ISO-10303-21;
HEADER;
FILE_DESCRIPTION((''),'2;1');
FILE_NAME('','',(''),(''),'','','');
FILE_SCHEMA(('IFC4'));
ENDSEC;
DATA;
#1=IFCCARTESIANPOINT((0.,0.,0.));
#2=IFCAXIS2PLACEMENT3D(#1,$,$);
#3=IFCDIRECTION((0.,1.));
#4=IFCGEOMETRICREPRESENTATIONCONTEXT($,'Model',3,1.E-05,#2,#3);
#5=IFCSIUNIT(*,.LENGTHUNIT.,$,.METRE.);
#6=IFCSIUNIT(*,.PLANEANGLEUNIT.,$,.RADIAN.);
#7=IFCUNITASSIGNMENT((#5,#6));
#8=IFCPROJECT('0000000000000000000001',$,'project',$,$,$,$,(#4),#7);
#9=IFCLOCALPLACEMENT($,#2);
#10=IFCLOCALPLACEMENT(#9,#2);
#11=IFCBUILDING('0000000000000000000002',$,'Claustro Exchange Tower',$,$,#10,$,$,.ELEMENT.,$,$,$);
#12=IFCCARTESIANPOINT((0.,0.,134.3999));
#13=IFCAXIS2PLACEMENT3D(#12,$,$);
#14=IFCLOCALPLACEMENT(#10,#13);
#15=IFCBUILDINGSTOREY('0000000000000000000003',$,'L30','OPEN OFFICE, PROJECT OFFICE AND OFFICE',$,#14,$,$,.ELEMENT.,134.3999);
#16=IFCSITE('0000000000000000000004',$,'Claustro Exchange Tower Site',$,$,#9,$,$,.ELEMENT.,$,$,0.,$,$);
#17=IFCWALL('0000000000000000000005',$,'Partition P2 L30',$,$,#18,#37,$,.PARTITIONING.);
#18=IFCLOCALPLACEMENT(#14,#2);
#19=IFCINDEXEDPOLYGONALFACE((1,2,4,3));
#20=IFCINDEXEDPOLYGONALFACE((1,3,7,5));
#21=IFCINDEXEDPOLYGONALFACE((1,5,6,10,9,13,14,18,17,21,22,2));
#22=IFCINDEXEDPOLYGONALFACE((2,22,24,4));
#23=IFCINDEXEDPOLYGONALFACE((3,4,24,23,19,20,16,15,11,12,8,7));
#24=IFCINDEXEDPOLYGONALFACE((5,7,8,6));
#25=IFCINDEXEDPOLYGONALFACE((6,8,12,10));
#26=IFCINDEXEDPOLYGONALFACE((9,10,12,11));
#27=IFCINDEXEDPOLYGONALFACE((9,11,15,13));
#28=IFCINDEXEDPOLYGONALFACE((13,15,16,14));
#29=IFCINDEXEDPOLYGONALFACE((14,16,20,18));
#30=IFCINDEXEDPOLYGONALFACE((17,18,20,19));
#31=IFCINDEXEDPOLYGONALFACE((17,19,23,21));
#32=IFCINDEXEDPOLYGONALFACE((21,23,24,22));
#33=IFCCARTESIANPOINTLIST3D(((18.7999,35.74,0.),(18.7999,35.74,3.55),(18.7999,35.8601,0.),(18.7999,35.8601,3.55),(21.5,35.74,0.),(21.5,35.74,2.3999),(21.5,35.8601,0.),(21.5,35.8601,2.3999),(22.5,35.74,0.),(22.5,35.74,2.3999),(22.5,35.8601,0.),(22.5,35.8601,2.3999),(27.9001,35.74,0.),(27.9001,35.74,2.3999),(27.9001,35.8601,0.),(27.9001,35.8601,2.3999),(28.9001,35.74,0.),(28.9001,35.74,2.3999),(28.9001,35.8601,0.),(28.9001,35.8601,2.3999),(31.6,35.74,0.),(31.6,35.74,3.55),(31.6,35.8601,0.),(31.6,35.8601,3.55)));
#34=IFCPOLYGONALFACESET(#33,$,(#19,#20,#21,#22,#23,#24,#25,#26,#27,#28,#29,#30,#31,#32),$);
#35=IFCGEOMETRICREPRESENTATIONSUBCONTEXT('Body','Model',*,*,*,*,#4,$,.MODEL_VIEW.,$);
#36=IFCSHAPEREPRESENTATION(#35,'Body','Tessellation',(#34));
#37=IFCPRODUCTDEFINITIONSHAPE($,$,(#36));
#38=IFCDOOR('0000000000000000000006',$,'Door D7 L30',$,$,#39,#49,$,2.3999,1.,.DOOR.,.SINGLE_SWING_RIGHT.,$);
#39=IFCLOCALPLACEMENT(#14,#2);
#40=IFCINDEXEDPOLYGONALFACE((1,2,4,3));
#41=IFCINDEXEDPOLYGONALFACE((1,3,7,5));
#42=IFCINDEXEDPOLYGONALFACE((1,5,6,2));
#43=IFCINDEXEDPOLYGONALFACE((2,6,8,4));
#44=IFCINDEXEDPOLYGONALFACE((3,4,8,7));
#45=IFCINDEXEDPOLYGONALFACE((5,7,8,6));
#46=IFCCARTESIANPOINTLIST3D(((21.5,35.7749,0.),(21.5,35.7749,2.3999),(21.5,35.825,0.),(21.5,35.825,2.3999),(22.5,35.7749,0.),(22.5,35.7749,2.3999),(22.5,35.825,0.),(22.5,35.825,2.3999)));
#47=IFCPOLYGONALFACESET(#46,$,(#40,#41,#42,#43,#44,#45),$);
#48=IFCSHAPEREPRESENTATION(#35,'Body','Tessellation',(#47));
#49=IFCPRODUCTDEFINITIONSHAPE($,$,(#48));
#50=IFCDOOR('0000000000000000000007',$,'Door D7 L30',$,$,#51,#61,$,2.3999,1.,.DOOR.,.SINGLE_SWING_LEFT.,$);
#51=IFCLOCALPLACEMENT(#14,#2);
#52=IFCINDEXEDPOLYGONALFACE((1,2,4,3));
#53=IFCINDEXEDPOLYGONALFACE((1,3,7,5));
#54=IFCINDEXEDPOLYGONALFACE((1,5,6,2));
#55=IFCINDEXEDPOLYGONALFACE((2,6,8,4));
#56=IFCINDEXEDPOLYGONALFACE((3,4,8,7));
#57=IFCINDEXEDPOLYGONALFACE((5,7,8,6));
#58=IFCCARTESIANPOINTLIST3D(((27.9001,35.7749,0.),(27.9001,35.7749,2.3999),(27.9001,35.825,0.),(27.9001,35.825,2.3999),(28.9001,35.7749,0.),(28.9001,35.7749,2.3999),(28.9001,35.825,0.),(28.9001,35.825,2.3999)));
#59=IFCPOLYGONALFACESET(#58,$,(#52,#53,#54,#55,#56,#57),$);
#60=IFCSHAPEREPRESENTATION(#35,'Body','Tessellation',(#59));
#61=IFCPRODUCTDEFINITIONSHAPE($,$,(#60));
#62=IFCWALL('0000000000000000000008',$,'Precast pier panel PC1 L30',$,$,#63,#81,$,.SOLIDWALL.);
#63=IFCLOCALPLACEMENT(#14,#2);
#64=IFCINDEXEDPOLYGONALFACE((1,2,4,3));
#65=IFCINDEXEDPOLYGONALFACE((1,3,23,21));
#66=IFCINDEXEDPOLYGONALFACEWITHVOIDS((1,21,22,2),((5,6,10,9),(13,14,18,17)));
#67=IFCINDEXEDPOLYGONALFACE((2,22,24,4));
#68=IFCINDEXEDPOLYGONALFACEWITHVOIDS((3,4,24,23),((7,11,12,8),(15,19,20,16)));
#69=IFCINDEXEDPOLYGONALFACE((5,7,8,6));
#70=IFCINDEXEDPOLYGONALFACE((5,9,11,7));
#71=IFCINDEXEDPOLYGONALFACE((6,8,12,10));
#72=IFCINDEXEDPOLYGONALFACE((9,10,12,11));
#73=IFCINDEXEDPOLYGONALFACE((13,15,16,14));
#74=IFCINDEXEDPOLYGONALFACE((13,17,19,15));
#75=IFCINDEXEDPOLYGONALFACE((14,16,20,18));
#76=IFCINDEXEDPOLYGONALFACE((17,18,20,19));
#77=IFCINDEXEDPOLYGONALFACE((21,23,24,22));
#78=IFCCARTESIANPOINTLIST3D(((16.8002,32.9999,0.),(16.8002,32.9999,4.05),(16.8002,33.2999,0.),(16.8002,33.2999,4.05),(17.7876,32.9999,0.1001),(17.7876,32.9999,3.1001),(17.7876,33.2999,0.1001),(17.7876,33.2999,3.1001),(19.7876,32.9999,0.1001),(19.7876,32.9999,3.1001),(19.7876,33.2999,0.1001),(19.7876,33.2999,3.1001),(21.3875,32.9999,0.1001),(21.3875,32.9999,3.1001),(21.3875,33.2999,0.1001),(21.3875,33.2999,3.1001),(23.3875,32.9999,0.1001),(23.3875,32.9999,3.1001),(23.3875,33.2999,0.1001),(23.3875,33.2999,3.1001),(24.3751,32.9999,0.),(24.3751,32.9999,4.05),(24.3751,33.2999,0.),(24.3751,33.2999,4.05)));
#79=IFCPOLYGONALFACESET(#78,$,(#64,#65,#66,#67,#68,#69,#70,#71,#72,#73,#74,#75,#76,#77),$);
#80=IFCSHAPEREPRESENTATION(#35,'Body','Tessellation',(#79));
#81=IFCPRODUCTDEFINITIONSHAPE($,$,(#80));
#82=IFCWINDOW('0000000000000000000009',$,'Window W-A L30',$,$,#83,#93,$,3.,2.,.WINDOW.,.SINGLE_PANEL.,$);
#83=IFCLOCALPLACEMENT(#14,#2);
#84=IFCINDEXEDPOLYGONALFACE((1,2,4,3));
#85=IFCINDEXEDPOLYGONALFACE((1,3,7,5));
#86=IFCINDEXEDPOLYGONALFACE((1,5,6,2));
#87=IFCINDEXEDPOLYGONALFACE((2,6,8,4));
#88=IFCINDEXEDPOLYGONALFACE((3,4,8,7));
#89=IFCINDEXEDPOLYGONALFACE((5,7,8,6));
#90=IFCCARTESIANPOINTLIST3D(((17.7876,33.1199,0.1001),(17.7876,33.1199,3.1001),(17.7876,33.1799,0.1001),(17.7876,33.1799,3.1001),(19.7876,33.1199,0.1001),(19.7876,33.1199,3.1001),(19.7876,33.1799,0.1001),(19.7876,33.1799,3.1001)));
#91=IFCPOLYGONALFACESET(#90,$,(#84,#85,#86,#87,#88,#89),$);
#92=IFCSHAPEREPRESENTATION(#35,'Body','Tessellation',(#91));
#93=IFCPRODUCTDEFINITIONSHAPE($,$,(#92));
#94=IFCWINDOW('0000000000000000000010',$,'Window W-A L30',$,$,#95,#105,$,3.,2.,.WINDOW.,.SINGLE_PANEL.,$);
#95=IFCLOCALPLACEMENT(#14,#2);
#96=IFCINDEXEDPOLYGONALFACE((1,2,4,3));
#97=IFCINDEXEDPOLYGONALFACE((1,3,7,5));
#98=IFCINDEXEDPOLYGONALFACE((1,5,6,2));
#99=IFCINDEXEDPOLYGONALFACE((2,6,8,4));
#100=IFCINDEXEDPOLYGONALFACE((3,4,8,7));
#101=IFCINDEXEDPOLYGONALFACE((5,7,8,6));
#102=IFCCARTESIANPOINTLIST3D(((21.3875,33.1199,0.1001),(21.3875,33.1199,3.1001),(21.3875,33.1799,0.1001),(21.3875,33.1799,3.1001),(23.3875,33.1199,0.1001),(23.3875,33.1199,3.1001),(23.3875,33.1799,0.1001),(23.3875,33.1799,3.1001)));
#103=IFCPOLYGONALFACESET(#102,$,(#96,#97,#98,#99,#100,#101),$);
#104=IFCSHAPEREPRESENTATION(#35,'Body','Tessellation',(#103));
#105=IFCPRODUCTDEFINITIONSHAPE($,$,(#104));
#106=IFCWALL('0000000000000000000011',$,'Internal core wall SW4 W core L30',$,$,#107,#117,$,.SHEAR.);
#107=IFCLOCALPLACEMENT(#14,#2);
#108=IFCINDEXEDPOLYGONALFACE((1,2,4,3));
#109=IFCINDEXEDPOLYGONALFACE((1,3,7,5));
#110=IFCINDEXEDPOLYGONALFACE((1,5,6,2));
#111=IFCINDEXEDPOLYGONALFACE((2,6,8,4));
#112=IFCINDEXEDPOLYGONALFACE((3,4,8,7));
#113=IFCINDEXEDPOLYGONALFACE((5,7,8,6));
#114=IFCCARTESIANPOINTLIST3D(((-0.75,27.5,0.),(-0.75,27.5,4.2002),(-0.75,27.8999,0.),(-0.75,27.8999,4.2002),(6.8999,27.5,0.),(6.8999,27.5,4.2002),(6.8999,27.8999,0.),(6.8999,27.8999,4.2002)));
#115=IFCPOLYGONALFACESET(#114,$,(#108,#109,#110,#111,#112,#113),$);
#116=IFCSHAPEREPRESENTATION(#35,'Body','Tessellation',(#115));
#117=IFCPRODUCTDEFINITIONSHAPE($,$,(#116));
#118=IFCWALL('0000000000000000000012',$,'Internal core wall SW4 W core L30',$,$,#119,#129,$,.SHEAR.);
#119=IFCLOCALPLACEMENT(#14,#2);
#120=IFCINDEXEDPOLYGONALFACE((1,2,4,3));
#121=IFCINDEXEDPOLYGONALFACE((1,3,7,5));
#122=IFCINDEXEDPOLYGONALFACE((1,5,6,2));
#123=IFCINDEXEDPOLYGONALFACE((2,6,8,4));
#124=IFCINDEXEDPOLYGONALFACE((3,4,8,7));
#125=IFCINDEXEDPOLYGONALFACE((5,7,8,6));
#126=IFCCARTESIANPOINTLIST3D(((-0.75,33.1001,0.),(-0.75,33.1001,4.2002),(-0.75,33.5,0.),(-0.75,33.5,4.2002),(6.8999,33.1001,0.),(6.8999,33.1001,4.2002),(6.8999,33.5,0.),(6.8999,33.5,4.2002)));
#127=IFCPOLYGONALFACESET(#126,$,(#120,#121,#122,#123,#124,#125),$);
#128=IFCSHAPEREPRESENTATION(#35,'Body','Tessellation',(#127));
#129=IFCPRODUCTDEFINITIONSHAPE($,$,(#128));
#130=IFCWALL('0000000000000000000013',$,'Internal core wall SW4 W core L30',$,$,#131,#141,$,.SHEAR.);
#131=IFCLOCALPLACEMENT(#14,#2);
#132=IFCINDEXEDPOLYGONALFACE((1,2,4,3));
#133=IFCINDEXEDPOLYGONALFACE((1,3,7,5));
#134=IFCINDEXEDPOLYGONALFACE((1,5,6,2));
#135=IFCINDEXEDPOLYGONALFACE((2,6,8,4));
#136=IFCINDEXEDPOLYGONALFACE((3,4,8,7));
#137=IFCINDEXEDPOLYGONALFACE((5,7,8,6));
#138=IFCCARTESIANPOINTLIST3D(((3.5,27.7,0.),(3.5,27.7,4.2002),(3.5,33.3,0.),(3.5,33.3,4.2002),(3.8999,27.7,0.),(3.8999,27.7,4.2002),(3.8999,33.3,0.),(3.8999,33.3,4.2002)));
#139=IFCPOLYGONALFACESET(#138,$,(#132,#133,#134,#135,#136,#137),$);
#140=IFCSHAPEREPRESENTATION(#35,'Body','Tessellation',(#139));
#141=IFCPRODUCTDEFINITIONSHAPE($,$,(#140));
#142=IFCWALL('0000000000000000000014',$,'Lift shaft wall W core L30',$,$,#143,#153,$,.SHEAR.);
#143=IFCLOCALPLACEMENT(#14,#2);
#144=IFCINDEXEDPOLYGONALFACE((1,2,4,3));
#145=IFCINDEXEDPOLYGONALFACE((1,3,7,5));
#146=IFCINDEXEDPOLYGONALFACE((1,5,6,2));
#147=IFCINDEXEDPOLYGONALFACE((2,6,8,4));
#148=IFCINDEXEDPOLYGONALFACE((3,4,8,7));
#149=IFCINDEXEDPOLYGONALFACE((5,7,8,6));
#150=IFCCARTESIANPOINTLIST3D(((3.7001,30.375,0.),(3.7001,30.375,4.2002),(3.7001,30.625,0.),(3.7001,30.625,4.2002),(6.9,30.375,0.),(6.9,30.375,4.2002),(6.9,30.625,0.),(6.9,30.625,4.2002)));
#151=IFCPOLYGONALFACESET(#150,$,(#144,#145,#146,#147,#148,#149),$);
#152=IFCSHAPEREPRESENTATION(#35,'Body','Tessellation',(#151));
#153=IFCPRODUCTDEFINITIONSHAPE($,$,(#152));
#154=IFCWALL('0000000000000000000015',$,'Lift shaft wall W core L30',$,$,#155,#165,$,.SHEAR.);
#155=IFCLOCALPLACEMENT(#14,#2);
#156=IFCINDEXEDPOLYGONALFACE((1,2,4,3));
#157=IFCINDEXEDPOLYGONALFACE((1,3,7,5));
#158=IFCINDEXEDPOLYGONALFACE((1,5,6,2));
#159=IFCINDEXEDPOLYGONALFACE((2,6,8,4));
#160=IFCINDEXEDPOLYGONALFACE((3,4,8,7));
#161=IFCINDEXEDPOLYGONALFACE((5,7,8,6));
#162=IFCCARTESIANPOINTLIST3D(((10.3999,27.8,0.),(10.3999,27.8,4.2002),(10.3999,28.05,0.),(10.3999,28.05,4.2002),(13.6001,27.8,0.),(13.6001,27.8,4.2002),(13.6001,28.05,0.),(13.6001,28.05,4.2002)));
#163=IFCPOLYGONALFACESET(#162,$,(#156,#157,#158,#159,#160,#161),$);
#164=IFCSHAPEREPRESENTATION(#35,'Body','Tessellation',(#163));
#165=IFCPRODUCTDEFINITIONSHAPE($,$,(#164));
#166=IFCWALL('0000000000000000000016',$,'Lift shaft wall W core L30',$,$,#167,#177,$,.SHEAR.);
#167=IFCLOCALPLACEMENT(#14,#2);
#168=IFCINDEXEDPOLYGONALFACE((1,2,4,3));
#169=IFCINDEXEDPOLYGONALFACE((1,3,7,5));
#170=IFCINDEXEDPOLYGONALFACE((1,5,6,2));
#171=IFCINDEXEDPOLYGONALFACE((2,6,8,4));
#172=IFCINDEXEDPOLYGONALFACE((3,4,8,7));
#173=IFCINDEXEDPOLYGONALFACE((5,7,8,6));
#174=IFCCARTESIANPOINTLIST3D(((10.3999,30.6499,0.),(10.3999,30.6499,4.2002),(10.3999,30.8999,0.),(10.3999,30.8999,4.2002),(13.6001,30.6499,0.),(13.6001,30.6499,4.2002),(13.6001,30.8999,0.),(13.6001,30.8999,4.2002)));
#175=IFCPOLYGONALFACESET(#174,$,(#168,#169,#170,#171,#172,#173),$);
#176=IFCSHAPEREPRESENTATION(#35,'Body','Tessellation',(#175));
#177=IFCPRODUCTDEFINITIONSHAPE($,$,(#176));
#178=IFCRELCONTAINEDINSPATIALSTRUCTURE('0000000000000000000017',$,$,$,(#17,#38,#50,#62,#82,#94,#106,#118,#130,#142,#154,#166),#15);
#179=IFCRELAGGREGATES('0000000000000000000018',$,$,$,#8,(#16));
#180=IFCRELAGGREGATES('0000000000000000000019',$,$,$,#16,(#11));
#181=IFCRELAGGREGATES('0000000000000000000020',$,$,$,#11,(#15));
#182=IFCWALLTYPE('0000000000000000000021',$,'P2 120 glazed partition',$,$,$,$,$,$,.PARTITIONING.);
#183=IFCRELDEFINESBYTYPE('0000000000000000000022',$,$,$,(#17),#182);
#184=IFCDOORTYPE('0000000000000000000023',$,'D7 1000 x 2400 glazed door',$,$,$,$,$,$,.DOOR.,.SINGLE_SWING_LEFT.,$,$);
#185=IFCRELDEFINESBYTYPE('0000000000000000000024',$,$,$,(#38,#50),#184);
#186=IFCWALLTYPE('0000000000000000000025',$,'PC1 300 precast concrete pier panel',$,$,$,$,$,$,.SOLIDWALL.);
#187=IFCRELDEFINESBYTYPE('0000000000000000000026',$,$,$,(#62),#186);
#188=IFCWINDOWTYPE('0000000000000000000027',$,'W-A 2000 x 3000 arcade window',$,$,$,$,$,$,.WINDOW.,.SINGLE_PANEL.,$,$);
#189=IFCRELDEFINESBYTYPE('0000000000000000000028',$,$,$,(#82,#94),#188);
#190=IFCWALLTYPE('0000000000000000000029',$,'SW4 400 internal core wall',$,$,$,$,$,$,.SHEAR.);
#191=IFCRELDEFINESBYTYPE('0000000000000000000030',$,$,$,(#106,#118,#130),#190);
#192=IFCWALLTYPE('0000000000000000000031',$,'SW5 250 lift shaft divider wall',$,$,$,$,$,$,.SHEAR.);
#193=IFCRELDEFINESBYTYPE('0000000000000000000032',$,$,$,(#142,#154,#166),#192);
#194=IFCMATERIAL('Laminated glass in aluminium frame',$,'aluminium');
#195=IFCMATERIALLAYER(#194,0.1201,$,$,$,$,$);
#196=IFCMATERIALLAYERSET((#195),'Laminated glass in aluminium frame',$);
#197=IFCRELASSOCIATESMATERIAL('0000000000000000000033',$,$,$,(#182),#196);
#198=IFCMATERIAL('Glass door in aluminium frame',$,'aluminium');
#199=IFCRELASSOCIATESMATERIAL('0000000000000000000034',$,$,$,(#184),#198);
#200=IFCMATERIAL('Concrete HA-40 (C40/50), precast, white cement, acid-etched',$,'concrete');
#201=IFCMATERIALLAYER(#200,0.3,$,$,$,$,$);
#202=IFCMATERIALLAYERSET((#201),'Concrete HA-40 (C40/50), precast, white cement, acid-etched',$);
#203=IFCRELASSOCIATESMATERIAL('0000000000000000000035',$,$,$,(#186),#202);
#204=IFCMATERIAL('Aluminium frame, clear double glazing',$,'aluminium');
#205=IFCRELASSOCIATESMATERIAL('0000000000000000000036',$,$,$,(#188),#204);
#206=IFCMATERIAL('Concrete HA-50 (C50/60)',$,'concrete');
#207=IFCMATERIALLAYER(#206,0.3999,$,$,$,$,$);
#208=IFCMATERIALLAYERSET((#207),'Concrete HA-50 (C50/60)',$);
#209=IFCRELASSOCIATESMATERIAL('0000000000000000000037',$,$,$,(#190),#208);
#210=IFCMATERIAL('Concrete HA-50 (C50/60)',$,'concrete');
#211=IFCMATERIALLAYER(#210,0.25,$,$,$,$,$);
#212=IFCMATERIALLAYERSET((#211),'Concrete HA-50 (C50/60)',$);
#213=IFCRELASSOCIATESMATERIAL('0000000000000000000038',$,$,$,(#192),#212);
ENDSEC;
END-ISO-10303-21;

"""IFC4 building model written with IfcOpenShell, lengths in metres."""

from ifc_helpers import new_model, si_unit, direction, frame, frame_2d, origin, place, context, subcontext, project, spatial, rectangle, extrude, material, layer, layer_set, type_object, element, fill, save


model = new_model("IFC4")

# Units and contexts
model_context = context("Model", 3, precision=1e-05, world=origin(), true_north=direction((0.0, 1.0)))
body_context = subcontext(model_context, "Body", "Model", "MODEL_VIEW")
ifc_project = project(units=[si_unit("LENGTHUNIT", "METRE"), si_unit("PLANEANGLEUNIT", "RADIAN")], contexts=[model_context])

# Site, building, storey
site_placement = place(None, origin())
site = spatial("IfcSite", under=ifc_project, at=site_placement, Name="Claustro Exchange Tower Site", CompositionType="ELEMENT", RefElevation=0.0)
building_placement = place(site_placement, origin())
building = spatial("IfcBuilding", under=site, at=building_placement, Name="Claustro Exchange Tower", CompositionType="ELEMENT")
storey_placement = place(building_placement, frame((0.0, 0.0, 134.3999)))
storey = spatial("IfcBuildingStorey", under=building, at=storey_placement, Name="L30", Description="OPEN OFFICE, PROJECT OFFICE AND OFFICE", CompositionType="ELEMENT", Elevation=134.3999)

# Shared definitions
ifc_material_1 = material(Name="Laminated glass in aluminium frame", Category="aluminium")
ifc_layer_1 = layer(ifc_material_1, 0.1201)
ifc_layer_set_1 = layer_set([ifc_layer_1], Name="Laminated glass in aluminium frame")
wall_type_1 = type_object("IfcWallType", Name="P2 120 glazed partition", PredefinedType="PARTITIONING", material=ifc_layer_set_1)

# Wall, openings, doors
wall_1_placement = place(storey_placement, frame((18.8, 35.8, 0.0), z_axis=(0.0, 0.0, 1.0), x_axis=(1.0, 0.0, 0.0)))
wall_1 = element("IfcWall", 1, at=wall_1_placement, inside=storey, type_object=wall_type_1, Name="Partition P2 L30", PredefinedType="PARTITIONING", context=body_context, shape_type="SweptSolid", body=[
    extrude(rectangle(XDim=12.8, YDim=0.1201, at=frame_2d((6.3999, 0.0))), origin(), (0.0, 0.0, 1.0), 3.55),
])
opening_1_placement = place(wall_1_placement, frame((2.7, 0.0, 0.0)))
opening_1 = element("IfcOpeningElement", 2, at=opening_1_placement, cuts=wall_1, PredefinedType="OPENING", context=body_context, shape_type="SweptSolid", body=[
    extrude(rectangle(XDim=1.0, YDim=2.3999, at=frame_2d((0.5, 1.2))), frame((0.0, 0.0701, 0.0), z_axis=(0.0, -1.0, 0.0), x_axis=(1.0, 0.0, 0.0)), (0.0, 0.0, 1.0), 0.1401),
])
opening_2_placement = place(wall_1_placement, frame((9.1001, 0.0, 0.0)))
opening_2 = element("IfcOpeningElement", 3, at=opening_2_placement, cuts=wall_1, PredefinedType="OPENING", context=body_context, shape_type="SweptSolid", body=[
    extrude(rectangle(XDim=1.0, YDim=2.3999, at=frame_2d((0.5, 1.2))), frame((0.0, 0.0701, 0.0), z_axis=(0.0, -1.0, 0.0), x_axis=(1.0, 0.0, 0.0)), (0.0, 0.0, 1.0), 0.1401),
])
ifc_material_2 = material(Name="Glass door in aluminium frame", Category="aluminium")
door_type_1 = type_object("IfcDoorType", Name="D7 1000 x 2400 glazed door", OperationType="SINGLE_SWING_LEFT", PredefinedType="DOOR", material=ifc_material_2)
door_1_placement = place(opening_1_placement, origin())
door_1 = element("IfcDoor", 4, at=door_1_placement, inside=storey, type_object=door_type_1, Name="Door D7 L30", OperationType="SINGLE_SWING_RIGHT", OverallHeight=2.3999, OverallWidth=1.0, PredefinedType="DOOR", context=body_context, shape_type="SweptSolid", body=[
    extrude(rectangle(XDim=1.0, YDim=2.3999, at=frame_2d((0.5, 1.2))), frame((0.0, 0.0249, 0.0), z_axis=(0.0, -1.0, 0.0), x_axis=(1.0, 0.0, 0.0)), (0.0, 0.0, 1.0), 0.05),
])
fill(opening_1, door_1)
door_2_placement = place(opening_2_placement, origin())
door_2 = element("IfcDoor", 5, at=door_2_placement, inside=storey, type_object=door_type_1, Name="Door D7 L30", OperationType="SINGLE_SWING_LEFT", OverallHeight=2.3999, OverallWidth=1.0, PredefinedType="DOOR", context=body_context, shape_type="SweptSolid", body=[
    extrude(rectangle(XDim=1.0, YDim=2.3999, at=frame_2d((0.5, 1.2))), frame((0.0, 0.0249, 0.0), z_axis=(0.0, -1.0, 0.0), x_axis=(1.0, 0.0, 0.0)), (0.0, 0.0, 1.0), 0.05),
])
fill(opening_2, door_2)

# Wall, openings, windows
ifc_material_3 = material(Name="Concrete HA-40 (C40/50), precast, white cement, acid-etched", Category="concrete")
ifc_layer_2 = layer(ifc_material_3, 0.3)
ifc_layer_set_2 = layer_set([ifc_layer_2], Name="Concrete HA-40 (C40/50), precast, white cement, acid-etched")
wall_type_2 = type_object("IfcWallType", Name="PC1 300 precast concrete pier panel", PredefinedType="SOLIDWALL", material=ifc_layer_set_2)
wall_2_placement = place(storey_placement, frame((16.8, 33.1499, 0.0), z_axis=(0.0, 0.0, 1.0), x_axis=(1.0, 0.0, 0.0)))
wall_2 = element("IfcWall", 6, at=wall_2_placement, inside=storey, type_object=wall_type_2, Name="Precast pier panel PC1 L30", PredefinedType="SOLIDWALL", context=body_context, shape_type="SweptSolid", body=[
    extrude(rectangle(XDim=7.575, YDim=0.3, at=frame_2d((3.7876, 0.0))), origin(), (0.0, 0.0, 1.0), 4.05),
])
opening_3_placement = place(wall_2_placement, frame((0.9875, 0.0, 0.1001)))
opening_3 = element("IfcOpeningElement", 7, at=opening_3_placement, cuts=wall_2, PredefinedType="OPENING", context=body_context, shape_type="SweptSolid", body=[
    extrude(rectangle(XDim=2.0, YDim=3.0, at=frame_2d((1.0, 1.5))), frame((0.0, 0.1599, 0.0), z_axis=(0.0, -1.0, 0.0), x_axis=(1.0, 0.0, 0.0)), (0.0, 0.0, 1.0), 0.3201),
])
opening_4_placement = place(wall_2_placement, frame((4.5874, 0.0, 0.1001)))
opening_4 = element("IfcOpeningElement", 8, at=opening_4_placement, cuts=wall_2, PredefinedType="OPENING", context=body_context, shape_type="SweptSolid", body=[
    extrude(rectangle(XDim=2.0, YDim=3.0, at=frame_2d((1.0, 1.5))), frame((0.0, 0.1599, 0.0), z_axis=(0.0, -1.0, 0.0), x_axis=(1.0, 0.0, 0.0)), (0.0, 0.0, 1.0), 0.3201),
])
ifc_material_4 = material(Name="Aluminium frame, clear double glazing", Category="aluminium")
window_type = type_object("IfcWindowType", Name="W-A 2000 x 3000 arcade window", PartitioningType="SINGLE_PANEL", PredefinedType="WINDOW", material=ifc_material_4)
window_1_placement = place(opening_3_placement, origin())
window_1 = element("IfcWindow", 9, at=window_1_placement, inside=storey, type_object=window_type, Name="Window W-A L30", OverallHeight=3.0, OverallWidth=2.0, PartitioningType="SINGLE_PANEL", PredefinedType="WINDOW", context=body_context, shape_type="SweptSolid", body=[
    extrude(rectangle(XDim=2.0, YDim=3.0, at=frame_2d((1.0, 1.5))), frame((0.0, 0.03, 0.0), z_axis=(0.0, -1.0, 0.0), x_axis=(1.0, 0.0, 0.0)), (0.0, 0.0, 1.0), 0.0601),
])
fill(opening_3, window_1)
window_2_placement = place(opening_4_placement, origin())
window_2 = element("IfcWindow", 10, at=window_2_placement, inside=storey, type_object=window_type, Name="Window W-A L30", OverallHeight=3.0, OverallWidth=2.0, PartitioningType="SINGLE_PANEL", PredefinedType="WINDOW", context=body_context, shape_type="SweptSolid", body=[
    extrude(rectangle(XDim=2.0, YDim=3.0, at=frame_2d((1.0, 1.5))), frame((0.0, 0.03, 0.0), z_axis=(0.0, -1.0, 0.0), x_axis=(1.0, 0.0, 0.0)), (0.0, 0.0, 1.0), 0.0601),
])
fill(opening_4, window_2)

# Walls
ifc_material_5 = material(Name="Concrete HA-50 (C50/60)", Category="concrete")
ifc_layer_3 = layer(ifc_material_5, 0.3999)
ifc_layer_set_3 = layer_set([ifc_layer_3], Name="Concrete HA-50 (C50/60)")
wall_type_3 = type_object("IfcWallType", Name="SW4 400 internal core wall", PredefinedType="SHEAR", material=ifc_layer_set_3)
for number, where, z_axis, x_axis, name in (
    (11, (-0.75, 27.7, 0.0), (0.0, 0.0, 1.0), (1.0, 0.0, 0.0), "Internal core wall SW4 W core L30"),
    (12, (-0.75, 33.3, 0.0), (0.0, 0.0, 1.0), (1.0, 0.0, 0.0), "Internal core wall SW4 W core L30"),
):
    element("IfcWall", number, at=place(storey_placement, frame(where, z_axis=z_axis, x_axis=x_axis)), inside=storey, type_object=wall_type_3, Name=name, PredefinedType="SHEAR", context=body_context, shape_type="SweptSolid", body=[
        extrude(rectangle(XDim=7.6499, YDim=0.3999, at=frame_2d((3.825, 0.0))), origin(), (0.0, 0.0, 1.0), 4.2002),
    ])
wall_3_placement = place(storey_placement, frame((3.7, 27.7, 0.0), z_axis=(0.0, 0.0, 1.0), x_axis=(0.0, 1.0, 0.0)))
element("IfcWall", 13, at=wall_3_placement, inside=storey, type_object=wall_type_3, Name="Internal core wall SW4 W core L30", PredefinedType="SHEAR", context=body_context, shape_type="SweptSolid", body=[
    extrude(rectangle(XDim=5.6001, YDim=0.3999, at=frame_2d((2.8, 0.0))), origin(), (0.0, 0.0, 1.0), 4.2002),
])
ifc_material_6 = material(Name="Concrete HA-50 (C50/60)", Category="concrete")
ifc_layer_4 = layer(ifc_material_6, 0.25)
ifc_layer_set_4 = layer_set([ifc_layer_4], Name="Concrete HA-50 (C50/60)")
wall_type_4 = type_object("IfcWallType", Name="SW5 250 lift shaft divider wall", PredefinedType="SHEAR", material=ifc_layer_set_4)
wall_4_placement = place(storey_placement, frame((3.7, 30.5, 0.0), z_axis=(0.0, 0.0, 1.0), x_axis=(1.0, 0.0, 0.0)))
element("IfcWall", 14, at=wall_4_placement, inside=storey, type_object=wall_type_4, Name="Lift shaft wall W core L30", PredefinedType="SHEAR", context=body_context, shape_type="SweptSolid", body=[
    extrude(rectangle(XDim=3.2, YDim=0.25, at=frame_2d((1.6001, 0.0))), origin(), (0.0, 0.0, 1.0), 4.2002),
])
for number, where, z_axis, x_axis, name in (
    (15, (10.3999, 27.925, 0.0), (0.0, 0.0, 1.0), (1.0, 0.0, 0.0), "Lift shaft wall W core L30"),
    (16, (10.3999, 30.7749, 0.0), (0.0, 0.0, 1.0), (1.0, 0.0, 0.0), "Lift shaft wall W core L30"),
):
    element("IfcWall", number, at=place(storey_placement, frame(where, z_axis=z_axis, x_axis=x_axis)), inside=storey, type_object=wall_type_4, Name=name, PredefinedType="SHEAR", context=body_context, shape_type="SweptSolid", body=[
        extrude(rectangle(XDim=3.2002, YDim=0.25, at=frame_2d((1.6001, 0.0))), origin(), (0.0, 0.0, 1.0), 4.2002),
    ])

save(model, "model.ifc")
